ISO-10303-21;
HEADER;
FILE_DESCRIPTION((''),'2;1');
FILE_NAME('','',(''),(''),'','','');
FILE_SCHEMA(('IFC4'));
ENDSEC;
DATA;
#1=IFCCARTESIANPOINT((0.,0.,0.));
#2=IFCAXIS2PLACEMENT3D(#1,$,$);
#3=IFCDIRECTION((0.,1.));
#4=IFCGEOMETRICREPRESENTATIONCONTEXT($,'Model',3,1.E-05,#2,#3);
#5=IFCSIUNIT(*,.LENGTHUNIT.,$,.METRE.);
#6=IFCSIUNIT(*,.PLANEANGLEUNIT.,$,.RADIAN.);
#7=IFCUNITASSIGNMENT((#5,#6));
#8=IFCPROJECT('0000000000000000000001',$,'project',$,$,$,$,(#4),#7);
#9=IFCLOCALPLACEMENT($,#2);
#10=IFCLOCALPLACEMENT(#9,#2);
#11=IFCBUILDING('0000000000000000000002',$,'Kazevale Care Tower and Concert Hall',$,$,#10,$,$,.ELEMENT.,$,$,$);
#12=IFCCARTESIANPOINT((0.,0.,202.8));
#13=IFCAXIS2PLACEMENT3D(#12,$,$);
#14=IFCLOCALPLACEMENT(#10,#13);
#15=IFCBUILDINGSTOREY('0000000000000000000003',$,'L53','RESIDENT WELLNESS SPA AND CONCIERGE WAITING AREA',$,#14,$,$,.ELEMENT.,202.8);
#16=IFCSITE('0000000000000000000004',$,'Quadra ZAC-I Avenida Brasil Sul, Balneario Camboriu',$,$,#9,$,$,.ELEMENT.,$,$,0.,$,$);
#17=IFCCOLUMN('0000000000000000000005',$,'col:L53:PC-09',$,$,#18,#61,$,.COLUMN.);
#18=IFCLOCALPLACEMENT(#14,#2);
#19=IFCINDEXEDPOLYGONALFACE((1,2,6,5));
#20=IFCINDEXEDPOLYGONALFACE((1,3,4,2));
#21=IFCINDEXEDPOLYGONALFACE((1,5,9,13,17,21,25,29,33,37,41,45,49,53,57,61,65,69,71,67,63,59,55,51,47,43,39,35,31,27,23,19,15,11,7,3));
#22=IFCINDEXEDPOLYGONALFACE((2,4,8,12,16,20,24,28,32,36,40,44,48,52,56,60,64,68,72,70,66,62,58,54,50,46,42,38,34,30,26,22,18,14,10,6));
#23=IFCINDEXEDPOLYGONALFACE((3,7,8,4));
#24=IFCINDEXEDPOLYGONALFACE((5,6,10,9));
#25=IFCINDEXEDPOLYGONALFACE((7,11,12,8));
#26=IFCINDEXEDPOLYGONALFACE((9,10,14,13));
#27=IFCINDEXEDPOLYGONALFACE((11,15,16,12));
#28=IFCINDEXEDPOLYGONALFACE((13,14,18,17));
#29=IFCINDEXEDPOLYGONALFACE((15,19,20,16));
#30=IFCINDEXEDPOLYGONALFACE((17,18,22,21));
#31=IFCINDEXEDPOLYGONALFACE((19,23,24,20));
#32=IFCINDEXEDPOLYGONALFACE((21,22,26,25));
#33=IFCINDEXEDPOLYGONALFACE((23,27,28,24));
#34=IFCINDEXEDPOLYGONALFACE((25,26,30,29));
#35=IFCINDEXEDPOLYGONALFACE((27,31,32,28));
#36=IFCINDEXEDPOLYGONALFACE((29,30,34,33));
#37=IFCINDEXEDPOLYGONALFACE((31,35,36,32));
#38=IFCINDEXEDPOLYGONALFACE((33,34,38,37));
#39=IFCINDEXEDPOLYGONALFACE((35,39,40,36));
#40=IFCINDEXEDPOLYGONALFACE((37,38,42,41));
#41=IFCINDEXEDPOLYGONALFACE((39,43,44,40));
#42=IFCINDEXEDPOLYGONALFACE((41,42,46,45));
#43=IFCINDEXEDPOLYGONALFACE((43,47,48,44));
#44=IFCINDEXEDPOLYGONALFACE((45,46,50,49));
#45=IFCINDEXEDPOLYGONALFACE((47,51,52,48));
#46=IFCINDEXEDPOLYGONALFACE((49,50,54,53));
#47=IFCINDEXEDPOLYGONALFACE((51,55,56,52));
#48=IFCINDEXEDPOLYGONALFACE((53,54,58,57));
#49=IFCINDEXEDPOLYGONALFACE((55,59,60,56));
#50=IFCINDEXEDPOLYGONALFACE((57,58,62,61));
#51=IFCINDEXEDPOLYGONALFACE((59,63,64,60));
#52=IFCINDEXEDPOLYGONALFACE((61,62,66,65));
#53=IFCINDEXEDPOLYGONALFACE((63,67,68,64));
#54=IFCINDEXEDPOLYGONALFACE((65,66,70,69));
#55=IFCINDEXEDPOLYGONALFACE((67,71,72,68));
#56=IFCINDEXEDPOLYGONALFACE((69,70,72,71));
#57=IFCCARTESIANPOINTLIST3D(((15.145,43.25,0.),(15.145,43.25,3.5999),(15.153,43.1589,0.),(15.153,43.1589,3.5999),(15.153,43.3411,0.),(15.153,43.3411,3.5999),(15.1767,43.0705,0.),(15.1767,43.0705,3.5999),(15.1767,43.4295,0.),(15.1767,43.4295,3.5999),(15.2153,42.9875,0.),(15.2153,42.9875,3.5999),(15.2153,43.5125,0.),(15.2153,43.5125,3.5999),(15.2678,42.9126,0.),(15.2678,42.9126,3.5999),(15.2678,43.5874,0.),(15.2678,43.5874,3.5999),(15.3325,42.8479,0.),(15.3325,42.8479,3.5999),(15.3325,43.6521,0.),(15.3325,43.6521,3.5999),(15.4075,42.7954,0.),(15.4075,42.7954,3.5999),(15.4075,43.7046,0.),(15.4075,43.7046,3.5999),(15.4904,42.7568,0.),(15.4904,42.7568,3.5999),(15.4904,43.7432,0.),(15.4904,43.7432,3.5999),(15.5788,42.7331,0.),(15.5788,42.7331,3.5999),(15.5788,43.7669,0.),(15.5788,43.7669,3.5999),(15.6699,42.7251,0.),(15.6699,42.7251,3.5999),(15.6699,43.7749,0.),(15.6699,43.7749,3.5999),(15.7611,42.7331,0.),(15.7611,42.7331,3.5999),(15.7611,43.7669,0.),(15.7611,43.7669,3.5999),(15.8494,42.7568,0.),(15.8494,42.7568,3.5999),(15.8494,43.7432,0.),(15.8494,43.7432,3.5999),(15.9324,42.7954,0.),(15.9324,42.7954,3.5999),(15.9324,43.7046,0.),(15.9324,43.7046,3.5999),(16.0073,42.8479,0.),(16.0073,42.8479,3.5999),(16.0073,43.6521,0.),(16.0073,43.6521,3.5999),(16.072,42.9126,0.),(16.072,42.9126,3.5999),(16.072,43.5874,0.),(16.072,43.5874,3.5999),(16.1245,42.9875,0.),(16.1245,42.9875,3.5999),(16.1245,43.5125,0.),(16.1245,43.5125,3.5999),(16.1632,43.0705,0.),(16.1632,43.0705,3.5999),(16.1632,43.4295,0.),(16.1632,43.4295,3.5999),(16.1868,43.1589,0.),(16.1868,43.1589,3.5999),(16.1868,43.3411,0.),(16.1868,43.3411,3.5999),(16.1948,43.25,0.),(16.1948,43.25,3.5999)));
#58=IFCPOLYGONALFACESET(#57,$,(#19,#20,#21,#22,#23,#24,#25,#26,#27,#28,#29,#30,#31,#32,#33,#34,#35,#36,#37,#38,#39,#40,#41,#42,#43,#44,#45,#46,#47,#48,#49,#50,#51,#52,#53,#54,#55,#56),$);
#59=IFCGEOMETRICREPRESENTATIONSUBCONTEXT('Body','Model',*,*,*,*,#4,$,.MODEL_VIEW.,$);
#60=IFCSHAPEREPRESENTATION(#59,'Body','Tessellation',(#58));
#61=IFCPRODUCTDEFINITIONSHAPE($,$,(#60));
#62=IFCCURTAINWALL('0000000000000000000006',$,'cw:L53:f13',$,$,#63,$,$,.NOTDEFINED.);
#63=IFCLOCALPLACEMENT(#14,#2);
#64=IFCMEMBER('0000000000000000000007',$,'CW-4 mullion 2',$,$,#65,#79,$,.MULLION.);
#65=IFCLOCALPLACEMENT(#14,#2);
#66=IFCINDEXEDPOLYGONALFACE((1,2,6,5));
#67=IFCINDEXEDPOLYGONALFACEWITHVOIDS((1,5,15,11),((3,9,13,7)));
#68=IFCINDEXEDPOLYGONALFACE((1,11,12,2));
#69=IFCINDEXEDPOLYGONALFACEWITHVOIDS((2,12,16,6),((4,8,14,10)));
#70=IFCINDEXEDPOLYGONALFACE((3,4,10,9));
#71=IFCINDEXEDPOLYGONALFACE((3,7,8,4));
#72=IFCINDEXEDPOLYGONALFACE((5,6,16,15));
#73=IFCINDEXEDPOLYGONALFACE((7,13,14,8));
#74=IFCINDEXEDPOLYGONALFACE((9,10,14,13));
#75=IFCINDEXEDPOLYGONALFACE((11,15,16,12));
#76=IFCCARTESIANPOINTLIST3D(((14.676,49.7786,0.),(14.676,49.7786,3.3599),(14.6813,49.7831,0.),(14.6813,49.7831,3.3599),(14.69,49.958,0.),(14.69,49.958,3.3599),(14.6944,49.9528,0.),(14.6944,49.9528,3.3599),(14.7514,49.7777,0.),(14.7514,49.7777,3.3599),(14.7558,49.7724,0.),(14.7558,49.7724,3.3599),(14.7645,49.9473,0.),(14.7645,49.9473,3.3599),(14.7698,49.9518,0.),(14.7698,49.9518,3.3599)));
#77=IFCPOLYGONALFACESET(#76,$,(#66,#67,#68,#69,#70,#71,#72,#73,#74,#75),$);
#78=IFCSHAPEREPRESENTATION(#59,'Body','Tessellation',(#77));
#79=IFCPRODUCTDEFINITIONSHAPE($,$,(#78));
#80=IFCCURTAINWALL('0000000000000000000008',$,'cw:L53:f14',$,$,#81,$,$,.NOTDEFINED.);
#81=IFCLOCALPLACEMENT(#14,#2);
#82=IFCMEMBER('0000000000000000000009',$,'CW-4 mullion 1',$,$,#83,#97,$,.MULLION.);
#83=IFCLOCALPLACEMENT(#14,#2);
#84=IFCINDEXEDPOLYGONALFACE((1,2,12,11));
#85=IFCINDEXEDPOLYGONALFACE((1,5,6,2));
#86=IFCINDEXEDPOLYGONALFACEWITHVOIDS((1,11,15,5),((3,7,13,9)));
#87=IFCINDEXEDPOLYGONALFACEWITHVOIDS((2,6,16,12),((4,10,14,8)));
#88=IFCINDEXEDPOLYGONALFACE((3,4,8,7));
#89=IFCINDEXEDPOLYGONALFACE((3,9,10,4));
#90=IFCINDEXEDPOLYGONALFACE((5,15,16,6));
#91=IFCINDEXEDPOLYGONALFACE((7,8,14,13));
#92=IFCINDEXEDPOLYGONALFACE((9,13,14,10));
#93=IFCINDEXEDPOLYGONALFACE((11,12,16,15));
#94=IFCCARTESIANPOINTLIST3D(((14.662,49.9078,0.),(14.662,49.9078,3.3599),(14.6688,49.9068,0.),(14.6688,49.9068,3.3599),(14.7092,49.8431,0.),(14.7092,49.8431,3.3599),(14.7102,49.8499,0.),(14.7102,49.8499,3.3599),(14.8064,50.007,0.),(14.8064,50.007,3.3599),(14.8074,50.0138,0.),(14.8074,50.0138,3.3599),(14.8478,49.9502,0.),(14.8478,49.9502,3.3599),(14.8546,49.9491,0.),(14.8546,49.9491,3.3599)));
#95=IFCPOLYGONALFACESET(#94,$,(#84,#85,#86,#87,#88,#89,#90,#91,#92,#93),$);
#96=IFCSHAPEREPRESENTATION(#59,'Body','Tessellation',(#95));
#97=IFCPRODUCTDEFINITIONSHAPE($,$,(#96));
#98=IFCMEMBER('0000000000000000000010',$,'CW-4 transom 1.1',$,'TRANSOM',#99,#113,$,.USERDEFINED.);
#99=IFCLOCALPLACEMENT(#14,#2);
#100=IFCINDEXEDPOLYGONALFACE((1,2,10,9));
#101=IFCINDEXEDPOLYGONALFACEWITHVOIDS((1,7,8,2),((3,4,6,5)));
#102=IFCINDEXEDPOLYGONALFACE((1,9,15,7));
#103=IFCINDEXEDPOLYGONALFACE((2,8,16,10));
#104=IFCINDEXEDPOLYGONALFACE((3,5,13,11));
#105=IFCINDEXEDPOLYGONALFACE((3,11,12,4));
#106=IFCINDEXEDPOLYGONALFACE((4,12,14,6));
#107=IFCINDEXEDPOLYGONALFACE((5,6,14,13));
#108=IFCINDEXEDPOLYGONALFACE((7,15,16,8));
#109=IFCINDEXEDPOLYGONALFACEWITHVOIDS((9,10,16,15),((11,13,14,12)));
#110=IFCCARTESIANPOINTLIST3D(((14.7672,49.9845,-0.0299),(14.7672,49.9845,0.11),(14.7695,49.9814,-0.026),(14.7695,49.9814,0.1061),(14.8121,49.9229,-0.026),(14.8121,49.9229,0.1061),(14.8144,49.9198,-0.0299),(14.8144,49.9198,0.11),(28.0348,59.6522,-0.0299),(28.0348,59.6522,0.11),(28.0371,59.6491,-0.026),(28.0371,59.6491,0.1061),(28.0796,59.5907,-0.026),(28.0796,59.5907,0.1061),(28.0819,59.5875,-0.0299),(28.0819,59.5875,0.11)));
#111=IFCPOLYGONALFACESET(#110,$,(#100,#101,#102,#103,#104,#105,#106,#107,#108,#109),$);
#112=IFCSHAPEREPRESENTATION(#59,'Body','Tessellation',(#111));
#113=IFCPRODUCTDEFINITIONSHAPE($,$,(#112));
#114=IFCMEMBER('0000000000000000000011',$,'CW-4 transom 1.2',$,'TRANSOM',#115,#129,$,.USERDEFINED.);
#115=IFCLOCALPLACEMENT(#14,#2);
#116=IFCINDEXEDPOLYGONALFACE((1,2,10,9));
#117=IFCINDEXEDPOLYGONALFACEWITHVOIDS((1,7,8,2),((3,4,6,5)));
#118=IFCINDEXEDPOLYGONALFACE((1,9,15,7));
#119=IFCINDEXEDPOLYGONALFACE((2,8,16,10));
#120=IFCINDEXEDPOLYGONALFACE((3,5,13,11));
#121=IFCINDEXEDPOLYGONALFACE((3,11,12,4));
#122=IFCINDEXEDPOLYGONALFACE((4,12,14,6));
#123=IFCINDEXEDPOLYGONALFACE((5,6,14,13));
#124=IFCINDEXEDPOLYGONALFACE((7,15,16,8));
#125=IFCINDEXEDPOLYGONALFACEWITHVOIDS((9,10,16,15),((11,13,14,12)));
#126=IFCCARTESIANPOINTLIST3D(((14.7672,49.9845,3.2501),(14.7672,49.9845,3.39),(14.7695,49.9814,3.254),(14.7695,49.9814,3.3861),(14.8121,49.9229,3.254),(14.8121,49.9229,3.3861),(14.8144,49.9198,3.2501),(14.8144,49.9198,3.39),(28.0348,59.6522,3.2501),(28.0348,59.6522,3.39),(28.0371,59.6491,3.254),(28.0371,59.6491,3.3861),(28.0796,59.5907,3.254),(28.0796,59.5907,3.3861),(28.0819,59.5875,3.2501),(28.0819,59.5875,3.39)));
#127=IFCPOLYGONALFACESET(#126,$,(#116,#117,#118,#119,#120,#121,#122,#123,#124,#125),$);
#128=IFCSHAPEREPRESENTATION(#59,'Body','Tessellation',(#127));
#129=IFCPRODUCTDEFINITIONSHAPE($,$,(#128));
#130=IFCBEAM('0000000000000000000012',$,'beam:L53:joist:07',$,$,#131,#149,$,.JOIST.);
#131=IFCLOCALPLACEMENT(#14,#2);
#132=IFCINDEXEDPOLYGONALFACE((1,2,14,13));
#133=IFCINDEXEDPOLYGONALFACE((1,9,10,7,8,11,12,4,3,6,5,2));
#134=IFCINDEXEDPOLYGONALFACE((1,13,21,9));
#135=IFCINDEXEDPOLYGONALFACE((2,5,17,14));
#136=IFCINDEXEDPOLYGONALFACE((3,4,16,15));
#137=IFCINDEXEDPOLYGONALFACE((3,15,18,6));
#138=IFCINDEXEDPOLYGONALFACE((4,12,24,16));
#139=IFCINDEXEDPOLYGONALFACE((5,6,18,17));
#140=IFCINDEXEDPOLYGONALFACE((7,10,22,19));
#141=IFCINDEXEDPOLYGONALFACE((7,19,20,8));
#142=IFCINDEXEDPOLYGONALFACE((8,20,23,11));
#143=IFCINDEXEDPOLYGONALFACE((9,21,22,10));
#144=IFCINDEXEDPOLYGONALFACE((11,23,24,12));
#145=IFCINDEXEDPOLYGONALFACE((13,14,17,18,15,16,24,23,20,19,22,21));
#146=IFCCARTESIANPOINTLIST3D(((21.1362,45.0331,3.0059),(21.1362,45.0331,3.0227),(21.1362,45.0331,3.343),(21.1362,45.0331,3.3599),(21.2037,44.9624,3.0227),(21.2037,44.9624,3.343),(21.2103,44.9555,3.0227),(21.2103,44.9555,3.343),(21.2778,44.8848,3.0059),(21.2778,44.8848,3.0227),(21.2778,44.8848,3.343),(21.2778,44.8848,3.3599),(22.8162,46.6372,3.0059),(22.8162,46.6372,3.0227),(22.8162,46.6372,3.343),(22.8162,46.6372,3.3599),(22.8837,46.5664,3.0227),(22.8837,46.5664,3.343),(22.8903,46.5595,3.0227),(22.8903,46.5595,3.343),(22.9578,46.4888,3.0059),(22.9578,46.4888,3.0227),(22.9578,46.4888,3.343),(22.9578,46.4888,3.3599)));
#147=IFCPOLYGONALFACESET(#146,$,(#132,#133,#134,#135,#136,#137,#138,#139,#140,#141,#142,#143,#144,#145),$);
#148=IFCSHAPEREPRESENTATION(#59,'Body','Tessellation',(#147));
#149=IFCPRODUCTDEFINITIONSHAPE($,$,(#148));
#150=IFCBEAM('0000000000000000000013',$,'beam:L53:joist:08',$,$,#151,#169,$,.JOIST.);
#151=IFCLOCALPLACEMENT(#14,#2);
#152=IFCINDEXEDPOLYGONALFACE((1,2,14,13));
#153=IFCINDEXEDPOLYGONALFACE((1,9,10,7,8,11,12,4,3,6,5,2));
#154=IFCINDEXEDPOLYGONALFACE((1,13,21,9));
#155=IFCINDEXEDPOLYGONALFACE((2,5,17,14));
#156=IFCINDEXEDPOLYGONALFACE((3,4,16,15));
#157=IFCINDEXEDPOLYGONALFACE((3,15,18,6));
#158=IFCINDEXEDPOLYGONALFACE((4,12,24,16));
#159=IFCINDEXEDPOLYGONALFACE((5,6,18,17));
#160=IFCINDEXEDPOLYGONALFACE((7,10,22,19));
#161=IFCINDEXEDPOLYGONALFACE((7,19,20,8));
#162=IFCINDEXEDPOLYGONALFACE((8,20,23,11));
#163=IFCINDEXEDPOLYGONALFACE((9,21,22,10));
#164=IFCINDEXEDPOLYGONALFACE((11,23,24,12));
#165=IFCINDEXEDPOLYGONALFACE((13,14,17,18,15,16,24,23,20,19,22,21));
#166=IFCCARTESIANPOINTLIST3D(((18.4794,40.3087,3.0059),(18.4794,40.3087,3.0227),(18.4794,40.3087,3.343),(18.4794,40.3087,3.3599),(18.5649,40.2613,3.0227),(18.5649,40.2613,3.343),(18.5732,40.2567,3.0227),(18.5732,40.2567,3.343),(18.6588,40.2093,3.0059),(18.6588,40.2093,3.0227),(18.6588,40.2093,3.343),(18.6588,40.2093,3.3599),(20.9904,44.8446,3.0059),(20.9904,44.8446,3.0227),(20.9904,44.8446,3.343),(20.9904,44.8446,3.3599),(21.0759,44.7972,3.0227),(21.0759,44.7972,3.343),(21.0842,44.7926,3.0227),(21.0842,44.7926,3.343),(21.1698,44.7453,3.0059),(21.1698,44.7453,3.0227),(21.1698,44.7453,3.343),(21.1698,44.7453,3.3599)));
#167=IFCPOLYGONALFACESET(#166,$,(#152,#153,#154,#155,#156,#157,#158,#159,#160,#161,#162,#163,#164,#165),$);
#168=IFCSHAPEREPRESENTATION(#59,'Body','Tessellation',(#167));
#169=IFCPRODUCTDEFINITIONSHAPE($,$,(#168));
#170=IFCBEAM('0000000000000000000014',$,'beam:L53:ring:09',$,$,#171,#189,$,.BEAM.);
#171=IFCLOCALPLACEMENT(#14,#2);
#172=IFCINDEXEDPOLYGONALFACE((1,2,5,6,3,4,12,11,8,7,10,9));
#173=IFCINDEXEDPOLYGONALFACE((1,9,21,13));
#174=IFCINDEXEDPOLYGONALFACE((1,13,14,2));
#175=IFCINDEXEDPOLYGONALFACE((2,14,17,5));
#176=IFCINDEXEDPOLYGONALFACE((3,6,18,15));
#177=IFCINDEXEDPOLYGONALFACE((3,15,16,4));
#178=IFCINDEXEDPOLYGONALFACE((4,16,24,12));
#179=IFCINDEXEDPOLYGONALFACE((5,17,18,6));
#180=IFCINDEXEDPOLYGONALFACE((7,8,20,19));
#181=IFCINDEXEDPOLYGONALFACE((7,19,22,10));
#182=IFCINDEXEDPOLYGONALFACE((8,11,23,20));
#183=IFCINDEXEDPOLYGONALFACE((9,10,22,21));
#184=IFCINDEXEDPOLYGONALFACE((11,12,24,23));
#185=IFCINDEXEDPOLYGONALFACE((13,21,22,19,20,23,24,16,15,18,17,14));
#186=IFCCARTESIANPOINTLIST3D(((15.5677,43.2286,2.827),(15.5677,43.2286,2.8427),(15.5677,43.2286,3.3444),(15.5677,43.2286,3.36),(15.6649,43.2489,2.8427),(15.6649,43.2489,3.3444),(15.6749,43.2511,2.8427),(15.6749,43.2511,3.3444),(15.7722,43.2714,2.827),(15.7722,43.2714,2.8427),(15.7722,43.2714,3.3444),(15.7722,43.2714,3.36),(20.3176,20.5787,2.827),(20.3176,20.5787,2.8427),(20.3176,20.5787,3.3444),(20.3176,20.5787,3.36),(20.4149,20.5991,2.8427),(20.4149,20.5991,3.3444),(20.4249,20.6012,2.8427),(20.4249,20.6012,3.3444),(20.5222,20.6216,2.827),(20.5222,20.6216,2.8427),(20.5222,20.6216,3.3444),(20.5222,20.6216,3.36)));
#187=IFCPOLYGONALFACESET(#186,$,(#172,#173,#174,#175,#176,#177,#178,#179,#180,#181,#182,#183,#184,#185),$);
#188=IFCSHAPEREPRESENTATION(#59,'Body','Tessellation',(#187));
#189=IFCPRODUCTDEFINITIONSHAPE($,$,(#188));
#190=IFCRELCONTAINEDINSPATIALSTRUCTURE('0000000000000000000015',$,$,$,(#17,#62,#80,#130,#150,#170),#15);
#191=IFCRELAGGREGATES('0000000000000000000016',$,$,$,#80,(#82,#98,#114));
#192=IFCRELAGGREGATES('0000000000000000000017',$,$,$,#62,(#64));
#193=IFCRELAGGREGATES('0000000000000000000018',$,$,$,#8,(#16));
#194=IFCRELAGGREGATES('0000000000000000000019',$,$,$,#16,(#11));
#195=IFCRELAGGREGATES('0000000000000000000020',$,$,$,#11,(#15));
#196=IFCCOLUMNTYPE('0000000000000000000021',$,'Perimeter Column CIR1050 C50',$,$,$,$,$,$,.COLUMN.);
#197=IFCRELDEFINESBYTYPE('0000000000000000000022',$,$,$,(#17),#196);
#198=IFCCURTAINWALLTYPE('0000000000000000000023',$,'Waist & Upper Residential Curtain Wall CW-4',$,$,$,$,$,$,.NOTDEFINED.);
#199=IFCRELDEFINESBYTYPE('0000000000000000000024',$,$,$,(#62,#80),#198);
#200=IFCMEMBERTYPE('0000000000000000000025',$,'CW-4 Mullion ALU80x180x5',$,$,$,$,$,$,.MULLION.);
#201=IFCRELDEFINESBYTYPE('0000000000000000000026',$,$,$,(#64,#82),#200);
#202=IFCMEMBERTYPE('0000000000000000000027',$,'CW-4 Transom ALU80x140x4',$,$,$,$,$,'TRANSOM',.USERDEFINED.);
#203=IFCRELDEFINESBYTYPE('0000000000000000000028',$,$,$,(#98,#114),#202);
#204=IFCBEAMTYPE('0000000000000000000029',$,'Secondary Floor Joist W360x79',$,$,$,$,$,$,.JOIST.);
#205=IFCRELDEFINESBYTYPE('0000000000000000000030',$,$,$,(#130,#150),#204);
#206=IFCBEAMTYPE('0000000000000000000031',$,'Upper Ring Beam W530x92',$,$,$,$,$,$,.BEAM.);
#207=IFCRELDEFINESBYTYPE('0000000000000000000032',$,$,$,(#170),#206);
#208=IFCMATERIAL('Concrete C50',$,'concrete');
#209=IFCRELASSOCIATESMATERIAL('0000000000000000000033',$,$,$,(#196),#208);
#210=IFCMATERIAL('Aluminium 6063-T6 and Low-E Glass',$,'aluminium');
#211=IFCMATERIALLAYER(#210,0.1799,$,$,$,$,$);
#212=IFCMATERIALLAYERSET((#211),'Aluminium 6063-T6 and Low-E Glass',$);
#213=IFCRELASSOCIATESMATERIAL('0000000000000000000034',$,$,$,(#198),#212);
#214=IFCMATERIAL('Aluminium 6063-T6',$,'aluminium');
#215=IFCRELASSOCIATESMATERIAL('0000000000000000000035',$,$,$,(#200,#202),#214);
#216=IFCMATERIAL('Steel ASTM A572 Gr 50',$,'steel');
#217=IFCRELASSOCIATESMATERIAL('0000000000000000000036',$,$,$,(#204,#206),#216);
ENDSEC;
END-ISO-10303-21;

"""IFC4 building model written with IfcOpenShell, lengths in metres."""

from ifc_helpers import new_model, si_unit, direction, frame, origin, origin_2d, place, context, subcontext, project, spatial, hollow_rectangle, circle, i_section, extrude, material, layer, layer_set, material_profile, profile_set, type_object, element, aggregate, save


model = new_model("IFC4")

# Units and contexts
model_context = context("Model", 3, precision=1e-05, world=origin(), true_north=direction((0.0, 1.0)))
body_context = subcontext(model_context, "Body", "Model", "MODEL_VIEW")
ifc_project = project(units=[si_unit("LENGTHUNIT", "METRE"), si_unit("PLANEANGLEUNIT", "RADIAN")], contexts=[model_context])

# Site, building, storey
site_placement = place(None, origin())
site = spatial("IfcSite", under=ifc_project, at=site_placement, Name="Quadra ZAC-I Avenida Brasil Sul, Balneario Camboriu", CompositionType="ELEMENT", RefElevation=0.0)
building_placement = place(site_placement, origin())
building = spatial("IfcBuilding", under=site, at=building_placement, Name="Kazevale Care Tower and Concert Hall", CompositionType="ELEMENT")
storey_placement = place(building_placement, frame((0.0, 0.0, 202.8)))
storey = spatial("IfcBuildingStorey", under=building, at=storey_placement, Name="L53", Description="RESIDENT WELLNESS SPA AND CONCIERGE WAITING AREA", CompositionType="ELEMENT", Elevation=202.8)

# Column
ifc_material_1 = material(Name="Concrete C50", Category="concrete")
ifc_material_profile_1 = material_profile(ifc_material_1, circle(Radius=0.5249, at=origin_2d()), Name="RC-CIR1050")
ifc_profile_set_1 = profile_set([ifc_material_profile_1], Name="Concrete C50")
column_type = type_object("IfcColumnType", Name="Perimeter Column CIR1050 C50", PredefinedType="COLUMN", material=ifc_profile_set_1)
column_placement = place(storey_placement, frame((15.6699, 43.25, 0.0), z_axis=(0.0, 0.0, 1.0), x_axis=(1.0, 0.0, 0.0)))
element("IfcColumn", 1, at=column_placement, inside=storey, type_object=column_type, Name="col:L53:PC-09", PredefinedType="COLUMN", context=body_context, shape_type="SweptSolid", body=[
    extrude(circle(Radius=0.5249, at=origin_2d()), origin(), (0.0, 0.0, 1.0), 3.5999),
])

# Curtain wall, member
ifc_material_2 = material(Name="Aluminium 6063-T6 and Low-E Glass", Category="aluminium")
ifc_layer_1 = layer(ifc_material_2, 0.1799)
ifc_layer_set_1 = layer_set([ifc_layer_1], Name="Aluminium 6063-T6 and Low-E Glass")
curtain_wall_type = type_object("IfcCurtainWallType", Name="Waist & Upper Residential Curtain Wall CW-4", PredefinedType="NOTDEFINED", material=ifc_layer_set_1)
curtain_wall_1_placement = place(storey_placement, origin())
curtain_wall_1 = element("IfcCurtainWall", 2, at=curtain_wall_1_placement, inside=storey, type_object=curtain_wall_type, Name="cw:L53:f13", PredefinedType="NOTDEFINED")
ifc_material_3 = material(Name="Aluminium 6063-T6", Category="aluminium")
ifc_material_profile_2 = material_profile(ifc_material_3, hollow_rectangle(XDim=0.0801, YDim=0.1799, WallThickness=0.0049, at=origin_2d()), Name="ALU80x180x5")
ifc_profile_set_2 = profile_set([ifc_material_profile_2], Name="Aluminium 6063-T6")
member_type_1 = type_object("IfcMemberType", Name="CW-4 Mullion ALU80x180x5", PredefinedType="MULLION", material=ifc_profile_set_2)
member_1_placement = place(storey_placement, frame((14.7229, 49.8652, 0.0), z_axis=(0.0, 0.0, 1.0), x_axis=(-0.996989, 0.077539, 0.0)))
member_1 = element("IfcMember", 3, at=member_1_placement, type_object=member_type_1, Name="CW-4 mullion 2", PredefinedType="MULLION", context=body_context, shape_type="SweptSolid", body=[
    extrude(hollow_rectangle(XDim=0.0801, YDim=0.1799, WallThickness=0.0049, at=origin_2d()), origin(), (0.0, 0.0, 1.0), 3.3599),
])

# Curtain wall, members
curtain_wall_2_placement = place(storey_placement, origin())
curtain_wall_2 = element("IfcCurtainWall", 4, at=curtain_wall_2_placement, inside=storey, type_object=curtain_wall_type, Name="cw:L53:f14", PredefinedType="NOTDEFINED")
member_2_placement = place(storey_placement, frame((14.7583, 49.9285, 0.0), z_axis=(0.0, 0.0, 1.0), x_axis=(-0.58891, 0.808198, 0.0)))
member_2 = element("IfcMember", 5, at=member_2_placement, type_object=member_type_1, Name="CW-4 mullion 1", PredefinedType="MULLION", context=body_context, shape_type="SweptSolid", body=[
    extrude(hollow_rectangle(XDim=0.0801, YDim=0.1799, WallThickness=0.0049, at=origin_2d()), origin(), (0.0, 0.0, 1.0), 3.3599),
])
ifc_material_profile_3 = material_profile(ifc_material_3, hollow_rectangle(XDim=0.0801, YDim=0.1399, WallThickness=0.0039, at=origin_2d()), Name="ALU80x140x4")
ifc_profile_set_3 = profile_set([ifc_material_profile_3], Name="Aluminium 6063-T6")
member_type_2 = type_object("IfcMemberType", Name="CW-4 Transom ALU80x140x4", ElementType="TRANSOM", PredefinedType="USERDEFINED", material=ifc_profile_set_3)
member_3_placement = place(storey_placement, frame((14.7908, 49.9521, 0.04), z_axis=(0.808197, 0.588912, 0.0), x_axis=(-0.588912, 0.808197, 0.0)))
member_3 = element("IfcMember", 6, at=member_3_placement, type_object=member_type_2, Name="CW-4 transom 1.1", ObjectType="TRANSOM", PredefinedType="USERDEFINED", context=body_context, shape_type="SweptSolid", body=[
    extrude(hollow_rectangle(XDim=0.0801, YDim=0.1399, WallThickness=0.0039, at=origin_2d()), origin(), (0.0, 0.0, 1.0), 16.4163),
])
member_4_placement = place(storey_placement, frame((14.7908, 49.9521, 3.3201), z_axis=(0.808197, 0.588912, 0.0), x_axis=(-0.588912, 0.808197, 0.0)))
member_4 = element("IfcMember", 7, at=member_4_placement, type_object=member_type_2, Name="CW-4 transom 1.2", ObjectType="TRANSOM", PredefinedType="USERDEFINED", context=body_context, shape_type="SweptSolid", body=[
    extrude(hollow_rectangle(XDim=0.0801, YDim=0.1399, WallThickness=0.0039, at=origin_2d()), origin(), (0.0, 0.0, 1.0), 16.4163),
])
aggregate(curtain_wall_2, [member_2, member_3, member_4])

# Beams
ifc_material_4 = material(Name="Steel ASTM A572 Gr 50", Category="steel")
ifc_material_profile_4 = material_profile(ifc_material_4, i_section(OverallWidth=0.2051, OverallDepth=0.354, WebThickness=0.0095, FlangeThickness=0.0168, at=origin_2d()), Name="W360x79")
ifc_profile_set_4 = profile_set([ifc_material_profile_4], Name="Steel ASTM A572 Gr 50")
beam_type_1 = type_object("IfcBeamType", Name="Secondary Floor Joist W360x79", PredefinedType="JOIST", material=ifc_profile_set_4)
beam_1_placement = place(storey_placement, frame((22.887, 46.563, 3.1829), z_axis=(-0.723262, -0.690573, 0.0), x_axis=(0.690573, -0.723262, 0.0)))
element("IfcBeam", 8, at=beam_1_placement, inside=storey, type_object=beam_type_1, Name="beam:L53:joist:07", PredefinedType="JOIST", context=body_context, shape_type="SweptSolid", body=[
    extrude(i_section(OverallWidth=0.2051, OverallDepth=0.354, WebThickness=0.0095, FlangeThickness=0.0168, at=origin_2d()), origin(), (0.0, 0.0, 1.0), 2.3228),
])
beam_2_placement = place(storey_placement, frame((21.0801, 44.7949, 3.1829), z_axis=(-0.484323, -0.874889, 0.0), x_axis=(0.874889, -0.484323, 0.0)))
element("IfcBeam", 9, at=beam_2_placement, inside=storey, type_object=beam_type_1, Name="beam:L53:joist:08", PredefinedType="JOIST", context=body_context, shape_type="SweptSolid", body=[
    extrude(i_section(OverallWidth=0.2051, OverallDepth=0.354, WebThickness=0.0095, FlangeThickness=0.0168, at=origin_2d()), origin(), (0.0, 0.0, 1.0), 5.1846),
])
ifc_material_profile_5 = material_profile(ifc_material_4, i_section(OverallWidth=0.209, OverallDepth=0.533, WebThickness=0.0103, FlangeThickness=0.0156, at=origin_2d()), Name="W530x92")
ifc_profile_set_5 = profile_set([ifc_material_profile_5], Name="Steel ASTM A572 Gr 50")
beam_type_2 = type_object("IfcBeamType", Name="Upper Ring Beam W530x92", PredefinedType="BEAM", material=ifc_profile_set_5)
beam_3_placement = place(storey_placement, frame((15.6699, 43.25, 3.0935), z_axis=(0.205249, -0.97871, 0.0), x_axis=(0.97871, 0.205249, 0.0)))
element("IfcBeam", 10, at=beam_3_placement, inside=storey, type_object=beam_type_2, Name="beam:L53:ring:09", PredefinedType="BEAM", context=body_context, shape_type="SweptSolid", body=[
    extrude(i_section(OverallWidth=0.209, OverallDepth=0.533, WebThickness=0.0103, FlangeThickness=0.0156, at=origin_2d()), origin(), (0.0, 0.0, 1.0), 23.1426),
])

aggregate(curtain_wall_1, [member_1])

save(model, "model.ifc")
